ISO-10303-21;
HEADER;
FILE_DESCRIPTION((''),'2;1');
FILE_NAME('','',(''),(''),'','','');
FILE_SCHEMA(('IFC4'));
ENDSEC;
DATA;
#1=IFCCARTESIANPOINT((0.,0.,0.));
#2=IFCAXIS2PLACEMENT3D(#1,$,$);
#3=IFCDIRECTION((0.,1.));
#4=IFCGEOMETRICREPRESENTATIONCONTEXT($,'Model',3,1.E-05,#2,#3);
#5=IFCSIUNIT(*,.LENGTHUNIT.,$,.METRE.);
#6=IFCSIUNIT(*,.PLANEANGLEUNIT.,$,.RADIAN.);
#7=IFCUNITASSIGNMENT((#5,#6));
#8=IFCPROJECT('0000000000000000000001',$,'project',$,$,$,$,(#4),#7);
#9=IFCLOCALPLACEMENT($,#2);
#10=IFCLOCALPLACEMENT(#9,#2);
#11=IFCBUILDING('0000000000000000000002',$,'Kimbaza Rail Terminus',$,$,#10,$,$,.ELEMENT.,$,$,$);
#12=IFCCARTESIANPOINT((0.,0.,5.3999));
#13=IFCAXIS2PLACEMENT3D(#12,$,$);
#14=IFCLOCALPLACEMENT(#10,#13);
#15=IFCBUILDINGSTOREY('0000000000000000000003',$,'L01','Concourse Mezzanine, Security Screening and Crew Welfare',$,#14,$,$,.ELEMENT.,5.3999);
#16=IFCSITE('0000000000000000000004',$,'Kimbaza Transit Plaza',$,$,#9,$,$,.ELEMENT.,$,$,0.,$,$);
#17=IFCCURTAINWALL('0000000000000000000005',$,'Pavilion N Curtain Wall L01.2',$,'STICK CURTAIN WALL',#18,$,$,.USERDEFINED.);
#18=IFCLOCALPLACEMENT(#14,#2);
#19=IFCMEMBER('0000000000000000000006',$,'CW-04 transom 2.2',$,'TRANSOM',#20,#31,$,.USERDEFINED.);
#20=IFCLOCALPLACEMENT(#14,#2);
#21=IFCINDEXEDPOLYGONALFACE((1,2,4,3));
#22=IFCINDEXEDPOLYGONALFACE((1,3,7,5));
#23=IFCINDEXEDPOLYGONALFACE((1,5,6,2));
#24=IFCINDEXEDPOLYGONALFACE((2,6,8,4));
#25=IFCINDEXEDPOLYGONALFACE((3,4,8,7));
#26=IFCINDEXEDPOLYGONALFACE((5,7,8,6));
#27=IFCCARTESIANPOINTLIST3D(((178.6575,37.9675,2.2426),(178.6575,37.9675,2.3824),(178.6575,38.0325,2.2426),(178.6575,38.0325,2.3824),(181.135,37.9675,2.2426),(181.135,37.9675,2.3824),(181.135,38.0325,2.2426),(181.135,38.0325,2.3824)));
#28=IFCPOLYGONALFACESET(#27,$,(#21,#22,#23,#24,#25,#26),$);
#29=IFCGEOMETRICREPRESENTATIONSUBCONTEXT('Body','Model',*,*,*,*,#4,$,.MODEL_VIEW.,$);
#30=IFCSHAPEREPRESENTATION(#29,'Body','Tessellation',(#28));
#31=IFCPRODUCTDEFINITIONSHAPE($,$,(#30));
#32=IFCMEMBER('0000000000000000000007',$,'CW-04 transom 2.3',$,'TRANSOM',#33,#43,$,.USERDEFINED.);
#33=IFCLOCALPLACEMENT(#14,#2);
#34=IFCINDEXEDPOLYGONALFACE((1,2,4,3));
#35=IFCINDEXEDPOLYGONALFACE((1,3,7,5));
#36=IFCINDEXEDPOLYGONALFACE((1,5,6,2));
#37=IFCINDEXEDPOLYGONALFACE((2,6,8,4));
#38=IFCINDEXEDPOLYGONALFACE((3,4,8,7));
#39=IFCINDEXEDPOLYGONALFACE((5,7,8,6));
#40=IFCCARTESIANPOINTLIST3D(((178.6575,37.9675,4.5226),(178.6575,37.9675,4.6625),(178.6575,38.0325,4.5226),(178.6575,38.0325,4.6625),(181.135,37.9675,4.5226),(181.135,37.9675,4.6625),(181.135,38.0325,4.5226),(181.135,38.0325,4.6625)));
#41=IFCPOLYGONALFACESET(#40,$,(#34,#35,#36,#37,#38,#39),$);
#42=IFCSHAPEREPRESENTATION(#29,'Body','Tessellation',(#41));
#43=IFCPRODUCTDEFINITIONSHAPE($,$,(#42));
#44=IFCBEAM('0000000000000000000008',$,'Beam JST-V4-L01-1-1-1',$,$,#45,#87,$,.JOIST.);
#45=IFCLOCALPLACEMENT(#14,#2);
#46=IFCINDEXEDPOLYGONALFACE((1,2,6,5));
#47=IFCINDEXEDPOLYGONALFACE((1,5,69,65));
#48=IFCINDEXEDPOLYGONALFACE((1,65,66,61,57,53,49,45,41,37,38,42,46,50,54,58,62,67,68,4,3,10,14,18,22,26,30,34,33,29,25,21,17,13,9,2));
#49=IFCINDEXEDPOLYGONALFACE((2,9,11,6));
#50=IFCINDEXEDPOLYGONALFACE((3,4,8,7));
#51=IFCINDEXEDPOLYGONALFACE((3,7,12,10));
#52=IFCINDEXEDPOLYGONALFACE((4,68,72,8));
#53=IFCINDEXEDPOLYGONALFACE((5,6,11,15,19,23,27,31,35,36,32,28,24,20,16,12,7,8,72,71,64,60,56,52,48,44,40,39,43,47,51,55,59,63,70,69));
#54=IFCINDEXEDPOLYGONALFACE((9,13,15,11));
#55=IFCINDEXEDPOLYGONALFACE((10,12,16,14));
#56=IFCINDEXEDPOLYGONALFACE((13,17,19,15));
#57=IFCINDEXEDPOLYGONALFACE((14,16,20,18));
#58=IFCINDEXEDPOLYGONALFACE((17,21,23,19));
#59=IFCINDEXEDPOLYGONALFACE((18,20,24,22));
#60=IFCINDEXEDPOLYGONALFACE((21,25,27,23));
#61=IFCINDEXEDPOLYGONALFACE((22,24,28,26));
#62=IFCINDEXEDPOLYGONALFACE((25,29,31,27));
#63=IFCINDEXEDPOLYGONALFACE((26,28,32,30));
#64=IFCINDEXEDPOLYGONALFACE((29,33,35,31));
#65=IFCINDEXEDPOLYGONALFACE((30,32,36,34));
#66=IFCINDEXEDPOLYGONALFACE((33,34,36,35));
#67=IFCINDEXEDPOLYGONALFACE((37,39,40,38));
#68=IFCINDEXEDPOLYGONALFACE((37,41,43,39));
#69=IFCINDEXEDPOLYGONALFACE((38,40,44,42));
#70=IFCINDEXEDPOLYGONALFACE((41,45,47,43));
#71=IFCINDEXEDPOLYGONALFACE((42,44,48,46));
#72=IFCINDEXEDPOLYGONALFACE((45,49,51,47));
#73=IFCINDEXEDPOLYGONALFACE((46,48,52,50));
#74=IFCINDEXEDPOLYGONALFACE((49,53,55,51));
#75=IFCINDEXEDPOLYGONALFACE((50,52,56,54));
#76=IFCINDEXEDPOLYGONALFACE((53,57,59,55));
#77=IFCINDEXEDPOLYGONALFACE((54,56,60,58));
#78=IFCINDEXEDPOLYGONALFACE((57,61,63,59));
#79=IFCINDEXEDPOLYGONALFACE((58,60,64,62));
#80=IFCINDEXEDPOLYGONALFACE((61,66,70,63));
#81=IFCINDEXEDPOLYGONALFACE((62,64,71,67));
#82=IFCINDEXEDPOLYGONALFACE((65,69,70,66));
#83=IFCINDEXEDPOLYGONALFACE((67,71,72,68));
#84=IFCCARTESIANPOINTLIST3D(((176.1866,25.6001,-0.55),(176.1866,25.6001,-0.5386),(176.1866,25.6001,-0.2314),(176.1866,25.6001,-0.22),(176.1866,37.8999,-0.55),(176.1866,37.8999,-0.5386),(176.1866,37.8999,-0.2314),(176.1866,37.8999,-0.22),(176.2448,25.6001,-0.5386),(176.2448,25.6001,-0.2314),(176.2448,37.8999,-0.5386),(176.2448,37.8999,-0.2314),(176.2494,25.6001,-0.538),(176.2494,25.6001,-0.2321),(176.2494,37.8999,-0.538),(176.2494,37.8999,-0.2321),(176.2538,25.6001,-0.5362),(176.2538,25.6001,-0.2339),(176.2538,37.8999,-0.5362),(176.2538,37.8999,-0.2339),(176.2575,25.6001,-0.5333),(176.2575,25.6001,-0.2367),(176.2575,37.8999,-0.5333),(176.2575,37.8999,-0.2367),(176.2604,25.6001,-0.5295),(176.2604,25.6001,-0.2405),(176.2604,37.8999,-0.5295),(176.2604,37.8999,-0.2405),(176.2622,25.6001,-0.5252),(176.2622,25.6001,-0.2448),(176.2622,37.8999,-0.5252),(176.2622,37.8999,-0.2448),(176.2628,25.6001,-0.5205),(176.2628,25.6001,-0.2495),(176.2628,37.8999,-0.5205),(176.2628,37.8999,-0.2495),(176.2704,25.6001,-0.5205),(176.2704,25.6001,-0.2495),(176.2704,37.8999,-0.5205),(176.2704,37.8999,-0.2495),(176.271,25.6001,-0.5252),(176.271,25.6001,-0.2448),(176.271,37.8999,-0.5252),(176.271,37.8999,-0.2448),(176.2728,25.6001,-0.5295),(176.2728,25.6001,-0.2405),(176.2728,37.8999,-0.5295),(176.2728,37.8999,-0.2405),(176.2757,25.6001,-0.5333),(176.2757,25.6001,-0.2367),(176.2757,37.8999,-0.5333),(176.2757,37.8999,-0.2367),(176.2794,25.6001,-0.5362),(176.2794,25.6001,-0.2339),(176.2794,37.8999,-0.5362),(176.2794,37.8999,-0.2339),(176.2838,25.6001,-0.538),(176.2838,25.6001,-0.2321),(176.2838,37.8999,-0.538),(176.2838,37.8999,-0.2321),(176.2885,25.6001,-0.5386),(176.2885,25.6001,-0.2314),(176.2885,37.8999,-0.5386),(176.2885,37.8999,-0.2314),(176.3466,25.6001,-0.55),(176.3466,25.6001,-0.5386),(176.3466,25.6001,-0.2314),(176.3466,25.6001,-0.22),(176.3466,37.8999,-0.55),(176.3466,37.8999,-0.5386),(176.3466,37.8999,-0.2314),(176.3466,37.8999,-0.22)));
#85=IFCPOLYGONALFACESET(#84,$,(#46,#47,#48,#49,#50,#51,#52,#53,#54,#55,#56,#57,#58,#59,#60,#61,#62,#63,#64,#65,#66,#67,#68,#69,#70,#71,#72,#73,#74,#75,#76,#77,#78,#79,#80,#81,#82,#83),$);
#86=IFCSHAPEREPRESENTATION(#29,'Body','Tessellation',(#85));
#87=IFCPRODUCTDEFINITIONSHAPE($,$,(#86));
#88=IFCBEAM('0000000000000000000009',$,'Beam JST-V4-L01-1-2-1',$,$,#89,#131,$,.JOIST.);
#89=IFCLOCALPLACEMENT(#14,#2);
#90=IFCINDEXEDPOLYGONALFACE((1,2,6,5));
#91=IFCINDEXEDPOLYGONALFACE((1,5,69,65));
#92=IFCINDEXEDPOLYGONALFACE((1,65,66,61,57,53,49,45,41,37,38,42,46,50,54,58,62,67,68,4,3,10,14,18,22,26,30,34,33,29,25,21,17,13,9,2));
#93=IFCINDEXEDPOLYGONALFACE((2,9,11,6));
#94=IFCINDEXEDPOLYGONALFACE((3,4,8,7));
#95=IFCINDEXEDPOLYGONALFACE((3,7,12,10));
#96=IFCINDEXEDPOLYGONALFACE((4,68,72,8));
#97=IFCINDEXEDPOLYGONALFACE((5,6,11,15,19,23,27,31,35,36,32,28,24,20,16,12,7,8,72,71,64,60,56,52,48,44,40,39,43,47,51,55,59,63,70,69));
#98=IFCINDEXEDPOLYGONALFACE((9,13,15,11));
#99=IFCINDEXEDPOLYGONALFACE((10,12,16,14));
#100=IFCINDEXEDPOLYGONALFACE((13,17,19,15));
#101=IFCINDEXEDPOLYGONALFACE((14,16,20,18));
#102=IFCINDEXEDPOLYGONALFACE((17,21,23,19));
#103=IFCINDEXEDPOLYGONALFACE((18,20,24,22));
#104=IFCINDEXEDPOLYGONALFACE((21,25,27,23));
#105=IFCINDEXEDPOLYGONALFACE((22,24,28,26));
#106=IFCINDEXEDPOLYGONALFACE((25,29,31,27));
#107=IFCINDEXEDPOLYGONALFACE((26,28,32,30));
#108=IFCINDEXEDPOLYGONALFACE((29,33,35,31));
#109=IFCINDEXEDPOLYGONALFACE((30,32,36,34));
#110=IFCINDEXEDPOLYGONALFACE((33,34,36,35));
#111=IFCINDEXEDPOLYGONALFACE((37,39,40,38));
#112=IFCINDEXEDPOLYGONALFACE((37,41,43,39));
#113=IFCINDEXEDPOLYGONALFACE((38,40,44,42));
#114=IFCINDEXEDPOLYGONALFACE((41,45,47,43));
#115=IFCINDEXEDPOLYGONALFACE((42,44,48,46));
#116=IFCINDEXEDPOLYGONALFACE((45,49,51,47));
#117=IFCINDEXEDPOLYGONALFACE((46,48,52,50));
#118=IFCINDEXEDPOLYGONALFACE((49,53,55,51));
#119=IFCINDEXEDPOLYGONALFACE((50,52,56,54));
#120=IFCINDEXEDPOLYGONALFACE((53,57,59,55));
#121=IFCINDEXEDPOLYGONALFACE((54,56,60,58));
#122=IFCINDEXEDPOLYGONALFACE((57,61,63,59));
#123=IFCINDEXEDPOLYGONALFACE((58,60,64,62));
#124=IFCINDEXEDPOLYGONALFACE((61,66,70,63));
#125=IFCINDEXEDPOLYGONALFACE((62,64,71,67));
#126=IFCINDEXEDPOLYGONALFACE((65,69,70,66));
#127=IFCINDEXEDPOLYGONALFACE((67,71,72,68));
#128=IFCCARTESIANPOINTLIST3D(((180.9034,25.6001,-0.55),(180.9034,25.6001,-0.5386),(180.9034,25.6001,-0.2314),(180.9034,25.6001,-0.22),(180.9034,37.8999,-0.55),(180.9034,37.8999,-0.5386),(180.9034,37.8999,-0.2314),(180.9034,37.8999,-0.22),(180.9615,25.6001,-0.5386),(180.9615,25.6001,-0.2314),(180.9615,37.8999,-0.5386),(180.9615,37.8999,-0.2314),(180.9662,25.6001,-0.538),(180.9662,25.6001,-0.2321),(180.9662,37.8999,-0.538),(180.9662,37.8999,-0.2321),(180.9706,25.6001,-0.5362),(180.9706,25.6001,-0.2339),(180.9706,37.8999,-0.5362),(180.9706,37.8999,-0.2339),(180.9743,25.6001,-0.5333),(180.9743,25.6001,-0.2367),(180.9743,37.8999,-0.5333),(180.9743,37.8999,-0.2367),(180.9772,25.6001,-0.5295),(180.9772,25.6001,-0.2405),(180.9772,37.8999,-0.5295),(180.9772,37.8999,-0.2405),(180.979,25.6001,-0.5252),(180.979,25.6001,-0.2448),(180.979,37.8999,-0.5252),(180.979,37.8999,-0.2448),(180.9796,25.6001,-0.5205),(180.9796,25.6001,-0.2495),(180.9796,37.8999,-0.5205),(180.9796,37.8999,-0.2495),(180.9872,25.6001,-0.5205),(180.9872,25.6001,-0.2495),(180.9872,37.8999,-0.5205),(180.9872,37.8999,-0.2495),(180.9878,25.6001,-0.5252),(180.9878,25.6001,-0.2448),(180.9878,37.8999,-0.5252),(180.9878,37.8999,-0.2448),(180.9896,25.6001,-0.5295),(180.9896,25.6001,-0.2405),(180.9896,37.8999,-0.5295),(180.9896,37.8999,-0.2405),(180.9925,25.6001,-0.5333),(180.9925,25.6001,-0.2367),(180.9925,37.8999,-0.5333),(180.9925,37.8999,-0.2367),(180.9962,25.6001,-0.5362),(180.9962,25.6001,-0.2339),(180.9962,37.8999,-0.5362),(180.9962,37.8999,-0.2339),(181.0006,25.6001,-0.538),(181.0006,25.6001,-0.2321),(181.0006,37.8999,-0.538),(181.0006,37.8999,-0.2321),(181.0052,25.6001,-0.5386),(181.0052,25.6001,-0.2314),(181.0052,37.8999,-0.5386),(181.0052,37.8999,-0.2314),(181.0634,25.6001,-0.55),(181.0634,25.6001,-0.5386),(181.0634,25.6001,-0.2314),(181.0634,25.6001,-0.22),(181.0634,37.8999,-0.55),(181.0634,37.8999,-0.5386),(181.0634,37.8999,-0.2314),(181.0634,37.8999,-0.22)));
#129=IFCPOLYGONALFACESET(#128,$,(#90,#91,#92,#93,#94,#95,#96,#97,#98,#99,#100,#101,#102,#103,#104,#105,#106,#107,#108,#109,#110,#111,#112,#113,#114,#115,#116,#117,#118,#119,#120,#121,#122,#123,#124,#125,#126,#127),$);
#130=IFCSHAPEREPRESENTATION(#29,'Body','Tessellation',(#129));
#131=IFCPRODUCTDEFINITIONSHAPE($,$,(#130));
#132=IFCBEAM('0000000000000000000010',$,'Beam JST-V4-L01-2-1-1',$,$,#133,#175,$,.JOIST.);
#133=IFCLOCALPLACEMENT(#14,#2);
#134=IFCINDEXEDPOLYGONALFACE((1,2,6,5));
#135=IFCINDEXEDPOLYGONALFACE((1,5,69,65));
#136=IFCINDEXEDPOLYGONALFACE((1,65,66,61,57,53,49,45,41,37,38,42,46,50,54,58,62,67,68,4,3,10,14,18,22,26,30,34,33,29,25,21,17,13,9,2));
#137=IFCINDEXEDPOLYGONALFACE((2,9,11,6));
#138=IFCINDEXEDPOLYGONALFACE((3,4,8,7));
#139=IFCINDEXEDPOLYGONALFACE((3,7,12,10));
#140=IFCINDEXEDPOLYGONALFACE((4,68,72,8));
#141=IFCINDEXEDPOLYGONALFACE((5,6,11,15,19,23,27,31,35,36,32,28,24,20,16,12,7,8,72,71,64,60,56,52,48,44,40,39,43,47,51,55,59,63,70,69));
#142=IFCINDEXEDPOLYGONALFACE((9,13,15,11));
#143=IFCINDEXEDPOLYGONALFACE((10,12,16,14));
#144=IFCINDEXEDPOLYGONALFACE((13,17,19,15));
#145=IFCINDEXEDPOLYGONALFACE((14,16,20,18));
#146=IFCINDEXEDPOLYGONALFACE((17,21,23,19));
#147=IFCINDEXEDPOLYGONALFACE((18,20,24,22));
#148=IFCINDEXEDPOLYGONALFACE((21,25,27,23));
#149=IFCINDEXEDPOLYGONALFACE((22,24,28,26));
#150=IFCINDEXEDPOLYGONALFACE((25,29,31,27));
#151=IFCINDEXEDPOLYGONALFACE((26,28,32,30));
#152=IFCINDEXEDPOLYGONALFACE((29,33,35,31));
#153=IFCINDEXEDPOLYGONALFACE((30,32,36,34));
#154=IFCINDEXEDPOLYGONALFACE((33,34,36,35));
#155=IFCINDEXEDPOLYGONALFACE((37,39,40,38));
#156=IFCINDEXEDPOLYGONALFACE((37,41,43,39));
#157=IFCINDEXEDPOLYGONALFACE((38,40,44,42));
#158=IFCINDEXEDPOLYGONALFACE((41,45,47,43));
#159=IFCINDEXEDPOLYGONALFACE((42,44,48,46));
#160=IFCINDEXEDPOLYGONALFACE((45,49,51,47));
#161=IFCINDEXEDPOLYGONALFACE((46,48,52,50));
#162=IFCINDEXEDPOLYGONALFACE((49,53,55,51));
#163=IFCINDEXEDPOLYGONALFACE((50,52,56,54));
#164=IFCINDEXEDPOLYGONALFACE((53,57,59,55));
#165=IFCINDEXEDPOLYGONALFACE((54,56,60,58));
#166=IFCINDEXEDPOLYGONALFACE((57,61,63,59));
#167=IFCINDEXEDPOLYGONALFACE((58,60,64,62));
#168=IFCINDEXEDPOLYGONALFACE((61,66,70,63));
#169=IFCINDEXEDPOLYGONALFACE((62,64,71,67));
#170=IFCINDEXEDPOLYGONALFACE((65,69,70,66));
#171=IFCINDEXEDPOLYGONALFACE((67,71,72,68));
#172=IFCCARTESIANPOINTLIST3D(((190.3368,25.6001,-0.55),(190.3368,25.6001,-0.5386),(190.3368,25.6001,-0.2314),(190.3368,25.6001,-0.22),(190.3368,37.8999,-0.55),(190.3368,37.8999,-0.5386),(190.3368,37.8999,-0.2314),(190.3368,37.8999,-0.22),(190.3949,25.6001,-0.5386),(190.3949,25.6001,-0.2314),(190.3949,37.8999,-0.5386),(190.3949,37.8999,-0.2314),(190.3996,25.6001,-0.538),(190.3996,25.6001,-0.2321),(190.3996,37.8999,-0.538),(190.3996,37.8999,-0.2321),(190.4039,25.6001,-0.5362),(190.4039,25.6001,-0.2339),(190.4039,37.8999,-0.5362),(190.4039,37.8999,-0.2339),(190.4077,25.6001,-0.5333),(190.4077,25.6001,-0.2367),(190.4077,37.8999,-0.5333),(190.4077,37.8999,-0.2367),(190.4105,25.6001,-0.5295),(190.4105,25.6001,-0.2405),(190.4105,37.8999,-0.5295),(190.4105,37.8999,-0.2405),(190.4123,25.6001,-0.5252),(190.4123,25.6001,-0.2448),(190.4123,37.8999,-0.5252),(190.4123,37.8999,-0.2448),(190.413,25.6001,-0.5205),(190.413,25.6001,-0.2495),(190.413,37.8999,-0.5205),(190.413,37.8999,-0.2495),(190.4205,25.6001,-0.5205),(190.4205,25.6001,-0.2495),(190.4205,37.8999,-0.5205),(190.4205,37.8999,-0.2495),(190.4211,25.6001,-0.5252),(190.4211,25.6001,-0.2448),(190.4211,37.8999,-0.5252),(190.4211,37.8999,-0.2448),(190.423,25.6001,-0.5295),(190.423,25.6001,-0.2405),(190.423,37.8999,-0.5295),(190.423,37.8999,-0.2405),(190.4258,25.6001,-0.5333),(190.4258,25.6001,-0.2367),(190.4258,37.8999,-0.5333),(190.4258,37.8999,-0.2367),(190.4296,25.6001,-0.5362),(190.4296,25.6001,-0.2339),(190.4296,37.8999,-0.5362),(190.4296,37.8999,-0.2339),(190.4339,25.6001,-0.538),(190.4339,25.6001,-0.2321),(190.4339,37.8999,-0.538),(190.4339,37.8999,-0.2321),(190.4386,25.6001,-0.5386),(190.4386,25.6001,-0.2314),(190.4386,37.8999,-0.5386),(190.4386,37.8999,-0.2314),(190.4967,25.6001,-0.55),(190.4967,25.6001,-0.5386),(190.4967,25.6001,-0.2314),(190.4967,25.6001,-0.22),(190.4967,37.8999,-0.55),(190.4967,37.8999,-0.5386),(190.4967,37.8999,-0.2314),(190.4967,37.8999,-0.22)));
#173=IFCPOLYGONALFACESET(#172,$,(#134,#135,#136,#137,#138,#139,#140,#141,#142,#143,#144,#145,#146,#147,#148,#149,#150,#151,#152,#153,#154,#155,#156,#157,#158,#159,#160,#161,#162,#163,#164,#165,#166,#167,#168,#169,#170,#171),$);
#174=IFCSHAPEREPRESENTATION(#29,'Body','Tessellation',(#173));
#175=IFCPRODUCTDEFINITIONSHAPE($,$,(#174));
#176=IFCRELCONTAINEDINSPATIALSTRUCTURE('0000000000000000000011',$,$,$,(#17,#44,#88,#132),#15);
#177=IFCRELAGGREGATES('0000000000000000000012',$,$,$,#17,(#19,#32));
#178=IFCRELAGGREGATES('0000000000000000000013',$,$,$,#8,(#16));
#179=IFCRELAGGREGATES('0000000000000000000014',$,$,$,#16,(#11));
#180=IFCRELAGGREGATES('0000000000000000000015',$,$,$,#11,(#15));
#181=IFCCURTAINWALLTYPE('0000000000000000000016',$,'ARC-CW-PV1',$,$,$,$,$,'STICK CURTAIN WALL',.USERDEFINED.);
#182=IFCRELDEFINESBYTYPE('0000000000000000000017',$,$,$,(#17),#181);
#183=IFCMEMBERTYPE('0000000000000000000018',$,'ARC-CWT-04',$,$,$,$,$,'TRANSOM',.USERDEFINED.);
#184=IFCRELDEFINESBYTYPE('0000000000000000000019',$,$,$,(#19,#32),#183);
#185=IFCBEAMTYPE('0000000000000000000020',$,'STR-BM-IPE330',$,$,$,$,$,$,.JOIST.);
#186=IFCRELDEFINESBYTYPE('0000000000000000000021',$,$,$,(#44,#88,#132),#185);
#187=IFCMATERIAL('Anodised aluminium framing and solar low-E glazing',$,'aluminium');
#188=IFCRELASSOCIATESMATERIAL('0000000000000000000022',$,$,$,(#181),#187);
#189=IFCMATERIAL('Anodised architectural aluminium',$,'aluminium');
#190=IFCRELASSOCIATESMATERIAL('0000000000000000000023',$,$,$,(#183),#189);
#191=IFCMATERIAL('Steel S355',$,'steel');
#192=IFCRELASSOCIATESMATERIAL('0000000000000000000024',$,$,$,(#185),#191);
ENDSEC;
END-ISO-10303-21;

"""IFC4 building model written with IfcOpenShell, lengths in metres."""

from ifc_helpers import new_model, si_unit, direction, frame, origin, origin_2d, place, context, subcontext, project, spatial, rectangle, i_section, extrude, material, material_profile, profile_set, type_object, element, aggregate, save


model = new_model("IFC4")

# Units and contexts
model_context = context("Model", 3, precision=1e-05, world=origin(), true_north=direction((0.0, 1.0)))
body_context = subcontext(model_context, "Body", "Model", "MODEL_VIEW")
ifc_project = project(units=[si_unit("LENGTHUNIT", "METRE"), si_unit("PLANEANGLEUNIT", "RADIAN")], contexts=[model_context])

# Site, building, storey
site_placement = place(None, origin())
site = spatial("IfcSite", under=ifc_project, at=site_placement, Name="Kimbaza Transit Plaza", CompositionType="ELEMENT", RefElevation=0.0)
building_placement = place(site_placement, origin())
building = spatial("IfcBuilding", under=site, at=building_placement, Name="Kimbaza Rail Terminus", CompositionType="ELEMENT")
storey_placement = place(building_placement, frame((0.0, 0.0, 5.3999)))
storey = spatial("IfcBuildingStorey", under=building, at=storey_placement, Name="L01", Description="Concourse Mezzanine, Security Screening and Crew Welfare", CompositionType="ELEMENT", Elevation=5.3999)

# Curtain wall, members
ifc_material_1 = material(Name="Anodised aluminium framing and solar low-E glazing", Category="aluminium")
curtain_wall_type = type_object("IfcCurtainWallType", Name="ARC-CW-PV1", ElementType="STICK CURTAIN WALL", PredefinedType="USERDEFINED", material=ifc_material_1)
curtain_wall_placement = place(storey_placement, origin())
curtain_wall = element("IfcCurtainWall", 1, at=curtain_wall_placement, inside=storey, type_object=curtain_wall_type, Name="Pavilion N Curtain Wall L01.2", ObjectType="STICK CURTAIN WALL", PredefinedType="USERDEFINED")
ifc_material_2 = material(Name="Anodised architectural aluminium", Category="aluminium")
ifc_material_profile_1 = material_profile(ifc_material_2, rectangle(XDim=0.0649, YDim=0.1399, at=origin_2d()), Name="TRANSOM 65x140")
ifc_profile_set_1 = profile_set([ifc_material_profile_1], Name="Anodised architectural aluminium")
member_type_1 = type_object("IfcMemberType", Name="ARC-CWT-04", ElementType="TRANSOM", PredefinedType="USERDEFINED", material=ifc_profile_set_1)
member_1_placement = place(storey_placement, frame((178.6575, 38.0, 2.3125), z_axis=(1.0, 0.0, 0.0), x_axis=(0.0, 1.0, 0.0)))
member_1 = element("IfcMember", 2, at=member_1_placement, type_object=member_type_1, Name="CW-04 transom 2.2", ObjectType="TRANSOM", PredefinedType="USERDEFINED", context=body_context, shape_type="SweptSolid", body=[
    extrude(rectangle(XDim=0.0649, YDim=0.1399, at=origin_2d()), origin(), (0.0, 0.0, 1.0), 2.4775),
])
member_2_placement = place(storey_placement, frame((178.6575, 38.0, 4.5925), z_axis=(1.0, 0.0, 0.0), x_axis=(0.0, 1.0, 0.0)))
member_2 = element("IfcMember", 3, at=member_2_placement, type_object=member_type_1, Name="CW-04 transom 2.3", ObjectType="TRANSOM", PredefinedType="USERDEFINED", context=body_context, shape_type="SweptSolid", body=[
    extrude(rectangle(XDim=0.0649, YDim=0.1399, at=origin_2d()), origin(), (0.0, 0.0, 1.0), 2.4775),
])

# Beams
ifc_material_3 = material(Name="Steel S355", Category="steel")
ifc_material_profile_2 = material_profile(ifc_material_3, i_section(OverallWidth=0.1599, OverallDepth=0.3301, WebThickness=0.0076, FlangeThickness=0.0115, FilletRadius=0.0181, at=origin_2d()), Name="IPE 330")
ifc_profile_set_2 = profile_set([ifc_material_profile_2], Name="Steel S355")
beam_type_1 = type_object("IfcBeamType", Name="STR-BM-IPE330", PredefinedType="JOIST", material=ifc_profile_set_2)
for number, where, z_axis, x_axis, name in (
    (4, (176.2666, 25.6001, -0.385), (0.0, 1.0, 0.0), (-1.0, 0.0, 0.0), "Beam JST-V4-L01-1-1-1"),
    (5, (180.9834, 25.6001, -0.385), (0.0, 1.0, 0.0), (-1.0, 0.0, 0.0), "Beam JST-V4-L01-1-2-1"),
    (6, (190.4167, 25.6001, -0.385), (0.0, 1.0, 0.0), (-1.0, 0.0, 0.0), "Beam JST-V4-L01-2-1-1"),
):
    element("IfcBeam", number, at=place(storey_placement, frame(where, z_axis=z_axis, x_axis=x_axis)), inside=storey, type_object=beam_type_1, Name=name, PredefinedType="JOIST", context=body_context, shape_type="SweptSolid", body=[
        extrude(i_section(OverallWidth=0.1599, OverallDepth=0.3301, WebThickness=0.0076, FlangeThickness=0.0115, FilletRadius=0.0181, at=origin_2d()), origin(), (0.0, 0.0, 1.0), 12.2998),
    ])

aggregate(curtain_wall, [member_1, member_2])

save(model, "model.ifc")
